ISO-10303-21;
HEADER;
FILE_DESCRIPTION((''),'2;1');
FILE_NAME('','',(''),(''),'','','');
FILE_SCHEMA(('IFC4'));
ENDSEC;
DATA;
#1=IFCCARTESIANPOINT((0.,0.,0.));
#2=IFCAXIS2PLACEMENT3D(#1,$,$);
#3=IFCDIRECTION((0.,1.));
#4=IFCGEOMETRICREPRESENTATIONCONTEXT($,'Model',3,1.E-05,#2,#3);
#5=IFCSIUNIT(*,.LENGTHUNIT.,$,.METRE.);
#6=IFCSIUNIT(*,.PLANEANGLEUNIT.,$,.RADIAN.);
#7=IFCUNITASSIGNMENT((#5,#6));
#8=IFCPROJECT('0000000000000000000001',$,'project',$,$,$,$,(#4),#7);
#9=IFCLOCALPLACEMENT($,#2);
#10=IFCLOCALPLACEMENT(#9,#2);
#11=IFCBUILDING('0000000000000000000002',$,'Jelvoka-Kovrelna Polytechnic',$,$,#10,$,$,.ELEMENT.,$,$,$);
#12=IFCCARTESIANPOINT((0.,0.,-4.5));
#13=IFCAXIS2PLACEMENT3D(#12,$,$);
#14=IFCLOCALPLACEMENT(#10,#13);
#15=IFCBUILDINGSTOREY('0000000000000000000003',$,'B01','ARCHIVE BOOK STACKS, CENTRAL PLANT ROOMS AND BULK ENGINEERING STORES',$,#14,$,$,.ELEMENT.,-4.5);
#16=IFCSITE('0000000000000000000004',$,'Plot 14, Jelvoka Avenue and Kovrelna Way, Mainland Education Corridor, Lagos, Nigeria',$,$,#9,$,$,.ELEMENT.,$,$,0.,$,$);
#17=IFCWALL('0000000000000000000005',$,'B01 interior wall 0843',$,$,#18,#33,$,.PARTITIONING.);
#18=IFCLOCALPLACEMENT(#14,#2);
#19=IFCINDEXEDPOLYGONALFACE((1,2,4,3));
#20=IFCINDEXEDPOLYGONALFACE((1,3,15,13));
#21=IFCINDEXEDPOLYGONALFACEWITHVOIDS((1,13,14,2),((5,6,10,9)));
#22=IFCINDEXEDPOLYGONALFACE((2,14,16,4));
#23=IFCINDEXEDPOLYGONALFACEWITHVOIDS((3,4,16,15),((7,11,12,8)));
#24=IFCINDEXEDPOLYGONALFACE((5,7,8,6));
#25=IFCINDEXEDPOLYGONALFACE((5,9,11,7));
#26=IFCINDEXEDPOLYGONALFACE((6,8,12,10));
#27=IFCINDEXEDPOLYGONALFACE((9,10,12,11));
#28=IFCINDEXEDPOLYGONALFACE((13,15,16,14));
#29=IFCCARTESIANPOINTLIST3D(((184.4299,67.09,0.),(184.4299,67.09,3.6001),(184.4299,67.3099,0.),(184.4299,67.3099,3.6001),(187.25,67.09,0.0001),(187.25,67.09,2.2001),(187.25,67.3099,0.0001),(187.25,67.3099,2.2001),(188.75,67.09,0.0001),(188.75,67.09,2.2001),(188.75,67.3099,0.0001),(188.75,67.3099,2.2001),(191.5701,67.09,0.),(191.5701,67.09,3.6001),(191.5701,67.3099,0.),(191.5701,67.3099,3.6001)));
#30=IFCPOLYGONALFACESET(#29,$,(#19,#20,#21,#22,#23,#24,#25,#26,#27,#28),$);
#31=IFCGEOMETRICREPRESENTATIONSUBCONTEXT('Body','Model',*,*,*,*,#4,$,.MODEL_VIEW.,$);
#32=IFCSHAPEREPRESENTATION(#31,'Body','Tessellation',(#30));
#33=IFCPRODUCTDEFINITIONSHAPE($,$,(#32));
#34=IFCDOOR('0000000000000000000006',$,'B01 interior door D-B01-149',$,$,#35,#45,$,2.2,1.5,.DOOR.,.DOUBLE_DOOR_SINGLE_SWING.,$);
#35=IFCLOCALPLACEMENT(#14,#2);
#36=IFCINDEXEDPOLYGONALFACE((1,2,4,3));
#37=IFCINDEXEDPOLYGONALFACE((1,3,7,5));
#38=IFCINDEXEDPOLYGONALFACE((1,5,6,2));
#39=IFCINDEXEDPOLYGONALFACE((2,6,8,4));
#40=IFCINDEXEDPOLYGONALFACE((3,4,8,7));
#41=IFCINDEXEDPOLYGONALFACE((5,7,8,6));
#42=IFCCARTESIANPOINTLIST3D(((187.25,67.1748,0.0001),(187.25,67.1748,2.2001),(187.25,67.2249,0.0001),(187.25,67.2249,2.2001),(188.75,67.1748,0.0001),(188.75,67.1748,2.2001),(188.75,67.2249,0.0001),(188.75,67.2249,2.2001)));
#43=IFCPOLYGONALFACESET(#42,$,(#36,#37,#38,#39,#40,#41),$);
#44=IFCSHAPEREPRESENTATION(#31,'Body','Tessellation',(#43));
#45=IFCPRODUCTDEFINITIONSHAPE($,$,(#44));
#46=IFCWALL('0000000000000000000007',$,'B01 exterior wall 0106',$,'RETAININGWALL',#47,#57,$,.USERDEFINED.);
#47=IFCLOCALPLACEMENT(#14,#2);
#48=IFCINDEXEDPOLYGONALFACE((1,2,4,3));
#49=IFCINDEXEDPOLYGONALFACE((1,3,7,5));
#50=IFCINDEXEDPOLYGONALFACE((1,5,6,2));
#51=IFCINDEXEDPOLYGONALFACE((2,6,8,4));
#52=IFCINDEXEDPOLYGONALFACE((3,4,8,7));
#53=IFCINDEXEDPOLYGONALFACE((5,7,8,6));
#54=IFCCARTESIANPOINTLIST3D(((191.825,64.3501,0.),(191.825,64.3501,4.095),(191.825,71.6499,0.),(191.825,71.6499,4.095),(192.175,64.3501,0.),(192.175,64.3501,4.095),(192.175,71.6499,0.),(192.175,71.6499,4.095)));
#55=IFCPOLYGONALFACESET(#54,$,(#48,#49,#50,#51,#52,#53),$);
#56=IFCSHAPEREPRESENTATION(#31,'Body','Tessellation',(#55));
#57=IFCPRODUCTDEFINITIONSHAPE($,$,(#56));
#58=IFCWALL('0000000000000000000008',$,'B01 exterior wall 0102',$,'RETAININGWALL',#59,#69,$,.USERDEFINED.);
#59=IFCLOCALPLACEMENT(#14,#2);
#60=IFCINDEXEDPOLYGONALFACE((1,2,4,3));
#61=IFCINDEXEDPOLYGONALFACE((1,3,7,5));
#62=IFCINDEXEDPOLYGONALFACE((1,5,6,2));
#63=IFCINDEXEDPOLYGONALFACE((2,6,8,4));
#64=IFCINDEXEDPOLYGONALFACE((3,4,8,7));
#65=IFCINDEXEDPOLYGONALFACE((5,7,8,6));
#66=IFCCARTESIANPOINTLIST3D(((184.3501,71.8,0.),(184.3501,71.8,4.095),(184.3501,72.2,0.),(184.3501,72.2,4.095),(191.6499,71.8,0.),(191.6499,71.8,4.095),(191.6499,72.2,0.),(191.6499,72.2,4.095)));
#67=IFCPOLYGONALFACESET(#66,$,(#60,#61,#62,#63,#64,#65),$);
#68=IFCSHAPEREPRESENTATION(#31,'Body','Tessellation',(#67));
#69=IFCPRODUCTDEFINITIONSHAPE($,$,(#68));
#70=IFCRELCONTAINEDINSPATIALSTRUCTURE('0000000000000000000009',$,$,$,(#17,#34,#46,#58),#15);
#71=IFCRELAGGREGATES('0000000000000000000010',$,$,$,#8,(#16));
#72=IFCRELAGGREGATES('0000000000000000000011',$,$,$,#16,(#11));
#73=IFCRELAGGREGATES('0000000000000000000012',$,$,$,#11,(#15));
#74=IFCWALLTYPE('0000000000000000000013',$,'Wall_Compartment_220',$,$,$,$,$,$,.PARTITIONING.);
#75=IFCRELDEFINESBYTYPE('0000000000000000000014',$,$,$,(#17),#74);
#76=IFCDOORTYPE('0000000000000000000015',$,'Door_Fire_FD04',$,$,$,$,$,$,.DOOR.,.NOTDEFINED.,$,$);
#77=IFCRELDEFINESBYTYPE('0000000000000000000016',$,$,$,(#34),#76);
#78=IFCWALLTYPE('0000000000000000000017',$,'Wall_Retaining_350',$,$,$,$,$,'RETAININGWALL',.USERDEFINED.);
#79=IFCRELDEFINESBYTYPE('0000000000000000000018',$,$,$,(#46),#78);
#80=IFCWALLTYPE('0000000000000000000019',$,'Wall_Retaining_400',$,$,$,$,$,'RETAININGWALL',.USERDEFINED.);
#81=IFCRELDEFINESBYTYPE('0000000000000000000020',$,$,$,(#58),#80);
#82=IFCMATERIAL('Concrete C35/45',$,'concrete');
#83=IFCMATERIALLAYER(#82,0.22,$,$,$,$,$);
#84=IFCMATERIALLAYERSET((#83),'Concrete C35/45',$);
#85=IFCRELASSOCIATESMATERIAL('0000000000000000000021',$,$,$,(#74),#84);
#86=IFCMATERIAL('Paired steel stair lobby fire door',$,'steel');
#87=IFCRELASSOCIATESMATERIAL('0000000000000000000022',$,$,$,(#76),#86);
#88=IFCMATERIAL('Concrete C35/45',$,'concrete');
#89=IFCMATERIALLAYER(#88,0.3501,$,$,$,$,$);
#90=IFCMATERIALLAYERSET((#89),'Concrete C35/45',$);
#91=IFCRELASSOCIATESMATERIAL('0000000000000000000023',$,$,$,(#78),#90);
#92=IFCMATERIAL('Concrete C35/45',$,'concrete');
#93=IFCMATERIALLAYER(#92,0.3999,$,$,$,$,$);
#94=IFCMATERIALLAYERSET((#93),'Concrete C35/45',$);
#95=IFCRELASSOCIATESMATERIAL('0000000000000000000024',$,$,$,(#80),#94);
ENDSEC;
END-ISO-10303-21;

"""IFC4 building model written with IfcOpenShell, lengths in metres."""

from ifc_helpers import new_model, si_unit, direction, frame, frame_2d, origin, place, context, subcontext, project, spatial, rectangle, extrude, material, layer, layer_set, type_object, element, fill, save


model = new_model("IFC4")

# Units and contexts
model_context = context("Model", 3, precision=1e-05, world=origin(), true_north=direction((0.0, 1.0)))
body_context = subcontext(model_context, "Body", "Model", "MODEL_VIEW")
ifc_project = project(units=[si_unit("LENGTHUNIT", "METRE"), si_unit("PLANEANGLEUNIT", "RADIAN")], contexts=[model_context])

# Site, building, storey
site_placement = place(None, origin())
site = spatial("IfcSite", under=ifc_project, at=site_placement, Name="Plot 14, Jelvoka Avenue and Kovrelna Way, Mainland Education Corridor, Lagos, Nigeria", CompositionType="ELEMENT", RefElevation=0.0)
building_placement = place(site_placement, origin())
building = spatial("IfcBuilding", under=site, at=building_placement, Name="Jelvoka-Kovrelna Polytechnic", CompositionType="ELEMENT")
storey_placement = place(building_placement, frame((0.0, 0.0, -4.5)))
storey = spatial("IfcBuildingStorey", under=building, at=storey_placement, Name="B01", Description="ARCHIVE BOOK STACKS, CENTRAL PLANT ROOMS AND BULK ENGINEERING STORES", CompositionType="ELEMENT", Elevation=-4.5)

# Wall, opening, door
ifc_material_1 = material(Name="Concrete C35/45", Category="concrete")
ifc_layer_1 = layer(ifc_material_1, 0.22)
ifc_layer_set_1 = layer_set([ifc_layer_1], Name="Concrete C35/45")
wall_type_1 = type_object("IfcWallType", Name="Wall_Compartment_220", PredefinedType="PARTITIONING", material=ifc_layer_set_1)
wall_1_placement = place(storey_placement, frame((184.4299, 67.2, 0.0), z_axis=(0.0, 0.0, 1.0), x_axis=(1.0, 0.0, 0.0)))
wall_1 = element("IfcWall", 1, at=wall_1_placement, inside=storey, type_object=wall_type_1, Name="B01 interior wall 0843", PredefinedType="PARTITIONING", context=body_context, shape_type="SweptSolid", body=[
    extrude(rectangle(XDim=7.1401, YDim=0.22, at=frame_2d((3.5701, 0.0))), origin(), (0.0, 0.0, 1.0), 3.6001),
])
opening_placement = place(wall_1_placement, frame((2.8201, 0.0, 0.0)))
opening = element("IfcOpeningElement", 2, at=opening_placement, cuts=wall_1, PredefinedType="OPENING", context=body_context, shape_type="SweptSolid", body=[
    extrude(rectangle(XDim=1.5, YDim=2.2, at=frame_2d((0.75, 1.1001))), frame((0.0, 0.1199, 0.0), z_axis=(0.0, -1.0, 0.0), x_axis=(1.0, 0.0, 0.0)), (0.0, 0.0, 1.0), 0.24),
])
ifc_material_2 = material(Name="Paired steel stair lobby fire door", Category="steel")
door_type = type_object("IfcDoorType", Name="Door_Fire_FD04", OperationType="NOTDEFINED", PredefinedType="DOOR", material=ifc_material_2)
door_placement = place(opening_placement, origin())
door = element("IfcDoor", 3, at=door_placement, inside=storey, type_object=door_type, Name="B01 interior door D-B01-149", OperationType="DOUBLE_DOOR_SINGLE_SWING", OverallHeight=2.2, OverallWidth=1.5, PredefinedType="DOOR", context=body_context, shape_type="SweptSolid", body=[
    extrude(rectangle(XDim=1.5, YDim=2.2, at=frame_2d((0.75, 1.1001))), frame((0.0, 0.0249, 0.0), z_axis=(0.0, -1.0, 0.0), x_axis=(1.0, 0.0, 0.0)), (0.0, 0.0, 1.0), 0.05),
])
fill(opening, door)

# Walls
ifc_material_3 = material(Name="Concrete C35/45", Category="concrete")
ifc_layer_2 = layer(ifc_material_3, 0.3501)
ifc_layer_set_2 = layer_set([ifc_layer_2], Name="Concrete C35/45")
wall_type_2 = type_object("IfcWallType", Name="Wall_Retaining_350", ElementType="RETAININGWALL", PredefinedType="USERDEFINED", material=ifc_layer_set_2)
wall_2_placement = place(storey_placement, frame((192.0, 71.6499, 0.0), z_axis=(0.0, 0.0, 1.0), x_axis=(0.0, -1.0, 0.0)))
element("IfcWall", 4, at=wall_2_placement, inside=storey, type_object=wall_type_2, Name="B01 exterior wall 0106", ObjectType="RETAININGWALL", PredefinedType="USERDEFINED", context=body_context, shape_type="SweptSolid", body=[
    extrude(rectangle(XDim=7.2998, YDim=0.3501, at=frame_2d((3.6499, 0.0))), origin(), (0.0, 0.0, 1.0), 4.095),
])
ifc_material_4 = material(Name="Concrete C35/45", Category="concrete")
ifc_layer_3 = layer(ifc_material_4, 0.3999)
ifc_layer_set_3 = layer_set([ifc_layer_3], Name="Concrete C35/45")
wall_type_3 = type_object("IfcWallType", Name="Wall_Retaining_400", ElementType="RETAININGWALL", PredefinedType="USERDEFINED", material=ifc_layer_set_3)
wall_3_placement = place(storey_placement, frame((184.3501, 72.0, 0.0), z_axis=(0.0, 0.0, 1.0), x_axis=(1.0, 0.0, 0.0)))
element("IfcWall", 5, at=wall_3_placement, inside=storey, type_object=wall_type_3, Name="B01 exterior wall 0102", ObjectType="RETAININGWALL", PredefinedType="USERDEFINED", context=body_context, shape_type="SweptSolid", body=[
    extrude(rectangle(XDim=7.2998, YDim=0.3999, at=frame_2d((3.6499, 0.0))), origin(), (0.0, 0.0, 1.0), 4.095),
])

save(model, "model.ifc")
